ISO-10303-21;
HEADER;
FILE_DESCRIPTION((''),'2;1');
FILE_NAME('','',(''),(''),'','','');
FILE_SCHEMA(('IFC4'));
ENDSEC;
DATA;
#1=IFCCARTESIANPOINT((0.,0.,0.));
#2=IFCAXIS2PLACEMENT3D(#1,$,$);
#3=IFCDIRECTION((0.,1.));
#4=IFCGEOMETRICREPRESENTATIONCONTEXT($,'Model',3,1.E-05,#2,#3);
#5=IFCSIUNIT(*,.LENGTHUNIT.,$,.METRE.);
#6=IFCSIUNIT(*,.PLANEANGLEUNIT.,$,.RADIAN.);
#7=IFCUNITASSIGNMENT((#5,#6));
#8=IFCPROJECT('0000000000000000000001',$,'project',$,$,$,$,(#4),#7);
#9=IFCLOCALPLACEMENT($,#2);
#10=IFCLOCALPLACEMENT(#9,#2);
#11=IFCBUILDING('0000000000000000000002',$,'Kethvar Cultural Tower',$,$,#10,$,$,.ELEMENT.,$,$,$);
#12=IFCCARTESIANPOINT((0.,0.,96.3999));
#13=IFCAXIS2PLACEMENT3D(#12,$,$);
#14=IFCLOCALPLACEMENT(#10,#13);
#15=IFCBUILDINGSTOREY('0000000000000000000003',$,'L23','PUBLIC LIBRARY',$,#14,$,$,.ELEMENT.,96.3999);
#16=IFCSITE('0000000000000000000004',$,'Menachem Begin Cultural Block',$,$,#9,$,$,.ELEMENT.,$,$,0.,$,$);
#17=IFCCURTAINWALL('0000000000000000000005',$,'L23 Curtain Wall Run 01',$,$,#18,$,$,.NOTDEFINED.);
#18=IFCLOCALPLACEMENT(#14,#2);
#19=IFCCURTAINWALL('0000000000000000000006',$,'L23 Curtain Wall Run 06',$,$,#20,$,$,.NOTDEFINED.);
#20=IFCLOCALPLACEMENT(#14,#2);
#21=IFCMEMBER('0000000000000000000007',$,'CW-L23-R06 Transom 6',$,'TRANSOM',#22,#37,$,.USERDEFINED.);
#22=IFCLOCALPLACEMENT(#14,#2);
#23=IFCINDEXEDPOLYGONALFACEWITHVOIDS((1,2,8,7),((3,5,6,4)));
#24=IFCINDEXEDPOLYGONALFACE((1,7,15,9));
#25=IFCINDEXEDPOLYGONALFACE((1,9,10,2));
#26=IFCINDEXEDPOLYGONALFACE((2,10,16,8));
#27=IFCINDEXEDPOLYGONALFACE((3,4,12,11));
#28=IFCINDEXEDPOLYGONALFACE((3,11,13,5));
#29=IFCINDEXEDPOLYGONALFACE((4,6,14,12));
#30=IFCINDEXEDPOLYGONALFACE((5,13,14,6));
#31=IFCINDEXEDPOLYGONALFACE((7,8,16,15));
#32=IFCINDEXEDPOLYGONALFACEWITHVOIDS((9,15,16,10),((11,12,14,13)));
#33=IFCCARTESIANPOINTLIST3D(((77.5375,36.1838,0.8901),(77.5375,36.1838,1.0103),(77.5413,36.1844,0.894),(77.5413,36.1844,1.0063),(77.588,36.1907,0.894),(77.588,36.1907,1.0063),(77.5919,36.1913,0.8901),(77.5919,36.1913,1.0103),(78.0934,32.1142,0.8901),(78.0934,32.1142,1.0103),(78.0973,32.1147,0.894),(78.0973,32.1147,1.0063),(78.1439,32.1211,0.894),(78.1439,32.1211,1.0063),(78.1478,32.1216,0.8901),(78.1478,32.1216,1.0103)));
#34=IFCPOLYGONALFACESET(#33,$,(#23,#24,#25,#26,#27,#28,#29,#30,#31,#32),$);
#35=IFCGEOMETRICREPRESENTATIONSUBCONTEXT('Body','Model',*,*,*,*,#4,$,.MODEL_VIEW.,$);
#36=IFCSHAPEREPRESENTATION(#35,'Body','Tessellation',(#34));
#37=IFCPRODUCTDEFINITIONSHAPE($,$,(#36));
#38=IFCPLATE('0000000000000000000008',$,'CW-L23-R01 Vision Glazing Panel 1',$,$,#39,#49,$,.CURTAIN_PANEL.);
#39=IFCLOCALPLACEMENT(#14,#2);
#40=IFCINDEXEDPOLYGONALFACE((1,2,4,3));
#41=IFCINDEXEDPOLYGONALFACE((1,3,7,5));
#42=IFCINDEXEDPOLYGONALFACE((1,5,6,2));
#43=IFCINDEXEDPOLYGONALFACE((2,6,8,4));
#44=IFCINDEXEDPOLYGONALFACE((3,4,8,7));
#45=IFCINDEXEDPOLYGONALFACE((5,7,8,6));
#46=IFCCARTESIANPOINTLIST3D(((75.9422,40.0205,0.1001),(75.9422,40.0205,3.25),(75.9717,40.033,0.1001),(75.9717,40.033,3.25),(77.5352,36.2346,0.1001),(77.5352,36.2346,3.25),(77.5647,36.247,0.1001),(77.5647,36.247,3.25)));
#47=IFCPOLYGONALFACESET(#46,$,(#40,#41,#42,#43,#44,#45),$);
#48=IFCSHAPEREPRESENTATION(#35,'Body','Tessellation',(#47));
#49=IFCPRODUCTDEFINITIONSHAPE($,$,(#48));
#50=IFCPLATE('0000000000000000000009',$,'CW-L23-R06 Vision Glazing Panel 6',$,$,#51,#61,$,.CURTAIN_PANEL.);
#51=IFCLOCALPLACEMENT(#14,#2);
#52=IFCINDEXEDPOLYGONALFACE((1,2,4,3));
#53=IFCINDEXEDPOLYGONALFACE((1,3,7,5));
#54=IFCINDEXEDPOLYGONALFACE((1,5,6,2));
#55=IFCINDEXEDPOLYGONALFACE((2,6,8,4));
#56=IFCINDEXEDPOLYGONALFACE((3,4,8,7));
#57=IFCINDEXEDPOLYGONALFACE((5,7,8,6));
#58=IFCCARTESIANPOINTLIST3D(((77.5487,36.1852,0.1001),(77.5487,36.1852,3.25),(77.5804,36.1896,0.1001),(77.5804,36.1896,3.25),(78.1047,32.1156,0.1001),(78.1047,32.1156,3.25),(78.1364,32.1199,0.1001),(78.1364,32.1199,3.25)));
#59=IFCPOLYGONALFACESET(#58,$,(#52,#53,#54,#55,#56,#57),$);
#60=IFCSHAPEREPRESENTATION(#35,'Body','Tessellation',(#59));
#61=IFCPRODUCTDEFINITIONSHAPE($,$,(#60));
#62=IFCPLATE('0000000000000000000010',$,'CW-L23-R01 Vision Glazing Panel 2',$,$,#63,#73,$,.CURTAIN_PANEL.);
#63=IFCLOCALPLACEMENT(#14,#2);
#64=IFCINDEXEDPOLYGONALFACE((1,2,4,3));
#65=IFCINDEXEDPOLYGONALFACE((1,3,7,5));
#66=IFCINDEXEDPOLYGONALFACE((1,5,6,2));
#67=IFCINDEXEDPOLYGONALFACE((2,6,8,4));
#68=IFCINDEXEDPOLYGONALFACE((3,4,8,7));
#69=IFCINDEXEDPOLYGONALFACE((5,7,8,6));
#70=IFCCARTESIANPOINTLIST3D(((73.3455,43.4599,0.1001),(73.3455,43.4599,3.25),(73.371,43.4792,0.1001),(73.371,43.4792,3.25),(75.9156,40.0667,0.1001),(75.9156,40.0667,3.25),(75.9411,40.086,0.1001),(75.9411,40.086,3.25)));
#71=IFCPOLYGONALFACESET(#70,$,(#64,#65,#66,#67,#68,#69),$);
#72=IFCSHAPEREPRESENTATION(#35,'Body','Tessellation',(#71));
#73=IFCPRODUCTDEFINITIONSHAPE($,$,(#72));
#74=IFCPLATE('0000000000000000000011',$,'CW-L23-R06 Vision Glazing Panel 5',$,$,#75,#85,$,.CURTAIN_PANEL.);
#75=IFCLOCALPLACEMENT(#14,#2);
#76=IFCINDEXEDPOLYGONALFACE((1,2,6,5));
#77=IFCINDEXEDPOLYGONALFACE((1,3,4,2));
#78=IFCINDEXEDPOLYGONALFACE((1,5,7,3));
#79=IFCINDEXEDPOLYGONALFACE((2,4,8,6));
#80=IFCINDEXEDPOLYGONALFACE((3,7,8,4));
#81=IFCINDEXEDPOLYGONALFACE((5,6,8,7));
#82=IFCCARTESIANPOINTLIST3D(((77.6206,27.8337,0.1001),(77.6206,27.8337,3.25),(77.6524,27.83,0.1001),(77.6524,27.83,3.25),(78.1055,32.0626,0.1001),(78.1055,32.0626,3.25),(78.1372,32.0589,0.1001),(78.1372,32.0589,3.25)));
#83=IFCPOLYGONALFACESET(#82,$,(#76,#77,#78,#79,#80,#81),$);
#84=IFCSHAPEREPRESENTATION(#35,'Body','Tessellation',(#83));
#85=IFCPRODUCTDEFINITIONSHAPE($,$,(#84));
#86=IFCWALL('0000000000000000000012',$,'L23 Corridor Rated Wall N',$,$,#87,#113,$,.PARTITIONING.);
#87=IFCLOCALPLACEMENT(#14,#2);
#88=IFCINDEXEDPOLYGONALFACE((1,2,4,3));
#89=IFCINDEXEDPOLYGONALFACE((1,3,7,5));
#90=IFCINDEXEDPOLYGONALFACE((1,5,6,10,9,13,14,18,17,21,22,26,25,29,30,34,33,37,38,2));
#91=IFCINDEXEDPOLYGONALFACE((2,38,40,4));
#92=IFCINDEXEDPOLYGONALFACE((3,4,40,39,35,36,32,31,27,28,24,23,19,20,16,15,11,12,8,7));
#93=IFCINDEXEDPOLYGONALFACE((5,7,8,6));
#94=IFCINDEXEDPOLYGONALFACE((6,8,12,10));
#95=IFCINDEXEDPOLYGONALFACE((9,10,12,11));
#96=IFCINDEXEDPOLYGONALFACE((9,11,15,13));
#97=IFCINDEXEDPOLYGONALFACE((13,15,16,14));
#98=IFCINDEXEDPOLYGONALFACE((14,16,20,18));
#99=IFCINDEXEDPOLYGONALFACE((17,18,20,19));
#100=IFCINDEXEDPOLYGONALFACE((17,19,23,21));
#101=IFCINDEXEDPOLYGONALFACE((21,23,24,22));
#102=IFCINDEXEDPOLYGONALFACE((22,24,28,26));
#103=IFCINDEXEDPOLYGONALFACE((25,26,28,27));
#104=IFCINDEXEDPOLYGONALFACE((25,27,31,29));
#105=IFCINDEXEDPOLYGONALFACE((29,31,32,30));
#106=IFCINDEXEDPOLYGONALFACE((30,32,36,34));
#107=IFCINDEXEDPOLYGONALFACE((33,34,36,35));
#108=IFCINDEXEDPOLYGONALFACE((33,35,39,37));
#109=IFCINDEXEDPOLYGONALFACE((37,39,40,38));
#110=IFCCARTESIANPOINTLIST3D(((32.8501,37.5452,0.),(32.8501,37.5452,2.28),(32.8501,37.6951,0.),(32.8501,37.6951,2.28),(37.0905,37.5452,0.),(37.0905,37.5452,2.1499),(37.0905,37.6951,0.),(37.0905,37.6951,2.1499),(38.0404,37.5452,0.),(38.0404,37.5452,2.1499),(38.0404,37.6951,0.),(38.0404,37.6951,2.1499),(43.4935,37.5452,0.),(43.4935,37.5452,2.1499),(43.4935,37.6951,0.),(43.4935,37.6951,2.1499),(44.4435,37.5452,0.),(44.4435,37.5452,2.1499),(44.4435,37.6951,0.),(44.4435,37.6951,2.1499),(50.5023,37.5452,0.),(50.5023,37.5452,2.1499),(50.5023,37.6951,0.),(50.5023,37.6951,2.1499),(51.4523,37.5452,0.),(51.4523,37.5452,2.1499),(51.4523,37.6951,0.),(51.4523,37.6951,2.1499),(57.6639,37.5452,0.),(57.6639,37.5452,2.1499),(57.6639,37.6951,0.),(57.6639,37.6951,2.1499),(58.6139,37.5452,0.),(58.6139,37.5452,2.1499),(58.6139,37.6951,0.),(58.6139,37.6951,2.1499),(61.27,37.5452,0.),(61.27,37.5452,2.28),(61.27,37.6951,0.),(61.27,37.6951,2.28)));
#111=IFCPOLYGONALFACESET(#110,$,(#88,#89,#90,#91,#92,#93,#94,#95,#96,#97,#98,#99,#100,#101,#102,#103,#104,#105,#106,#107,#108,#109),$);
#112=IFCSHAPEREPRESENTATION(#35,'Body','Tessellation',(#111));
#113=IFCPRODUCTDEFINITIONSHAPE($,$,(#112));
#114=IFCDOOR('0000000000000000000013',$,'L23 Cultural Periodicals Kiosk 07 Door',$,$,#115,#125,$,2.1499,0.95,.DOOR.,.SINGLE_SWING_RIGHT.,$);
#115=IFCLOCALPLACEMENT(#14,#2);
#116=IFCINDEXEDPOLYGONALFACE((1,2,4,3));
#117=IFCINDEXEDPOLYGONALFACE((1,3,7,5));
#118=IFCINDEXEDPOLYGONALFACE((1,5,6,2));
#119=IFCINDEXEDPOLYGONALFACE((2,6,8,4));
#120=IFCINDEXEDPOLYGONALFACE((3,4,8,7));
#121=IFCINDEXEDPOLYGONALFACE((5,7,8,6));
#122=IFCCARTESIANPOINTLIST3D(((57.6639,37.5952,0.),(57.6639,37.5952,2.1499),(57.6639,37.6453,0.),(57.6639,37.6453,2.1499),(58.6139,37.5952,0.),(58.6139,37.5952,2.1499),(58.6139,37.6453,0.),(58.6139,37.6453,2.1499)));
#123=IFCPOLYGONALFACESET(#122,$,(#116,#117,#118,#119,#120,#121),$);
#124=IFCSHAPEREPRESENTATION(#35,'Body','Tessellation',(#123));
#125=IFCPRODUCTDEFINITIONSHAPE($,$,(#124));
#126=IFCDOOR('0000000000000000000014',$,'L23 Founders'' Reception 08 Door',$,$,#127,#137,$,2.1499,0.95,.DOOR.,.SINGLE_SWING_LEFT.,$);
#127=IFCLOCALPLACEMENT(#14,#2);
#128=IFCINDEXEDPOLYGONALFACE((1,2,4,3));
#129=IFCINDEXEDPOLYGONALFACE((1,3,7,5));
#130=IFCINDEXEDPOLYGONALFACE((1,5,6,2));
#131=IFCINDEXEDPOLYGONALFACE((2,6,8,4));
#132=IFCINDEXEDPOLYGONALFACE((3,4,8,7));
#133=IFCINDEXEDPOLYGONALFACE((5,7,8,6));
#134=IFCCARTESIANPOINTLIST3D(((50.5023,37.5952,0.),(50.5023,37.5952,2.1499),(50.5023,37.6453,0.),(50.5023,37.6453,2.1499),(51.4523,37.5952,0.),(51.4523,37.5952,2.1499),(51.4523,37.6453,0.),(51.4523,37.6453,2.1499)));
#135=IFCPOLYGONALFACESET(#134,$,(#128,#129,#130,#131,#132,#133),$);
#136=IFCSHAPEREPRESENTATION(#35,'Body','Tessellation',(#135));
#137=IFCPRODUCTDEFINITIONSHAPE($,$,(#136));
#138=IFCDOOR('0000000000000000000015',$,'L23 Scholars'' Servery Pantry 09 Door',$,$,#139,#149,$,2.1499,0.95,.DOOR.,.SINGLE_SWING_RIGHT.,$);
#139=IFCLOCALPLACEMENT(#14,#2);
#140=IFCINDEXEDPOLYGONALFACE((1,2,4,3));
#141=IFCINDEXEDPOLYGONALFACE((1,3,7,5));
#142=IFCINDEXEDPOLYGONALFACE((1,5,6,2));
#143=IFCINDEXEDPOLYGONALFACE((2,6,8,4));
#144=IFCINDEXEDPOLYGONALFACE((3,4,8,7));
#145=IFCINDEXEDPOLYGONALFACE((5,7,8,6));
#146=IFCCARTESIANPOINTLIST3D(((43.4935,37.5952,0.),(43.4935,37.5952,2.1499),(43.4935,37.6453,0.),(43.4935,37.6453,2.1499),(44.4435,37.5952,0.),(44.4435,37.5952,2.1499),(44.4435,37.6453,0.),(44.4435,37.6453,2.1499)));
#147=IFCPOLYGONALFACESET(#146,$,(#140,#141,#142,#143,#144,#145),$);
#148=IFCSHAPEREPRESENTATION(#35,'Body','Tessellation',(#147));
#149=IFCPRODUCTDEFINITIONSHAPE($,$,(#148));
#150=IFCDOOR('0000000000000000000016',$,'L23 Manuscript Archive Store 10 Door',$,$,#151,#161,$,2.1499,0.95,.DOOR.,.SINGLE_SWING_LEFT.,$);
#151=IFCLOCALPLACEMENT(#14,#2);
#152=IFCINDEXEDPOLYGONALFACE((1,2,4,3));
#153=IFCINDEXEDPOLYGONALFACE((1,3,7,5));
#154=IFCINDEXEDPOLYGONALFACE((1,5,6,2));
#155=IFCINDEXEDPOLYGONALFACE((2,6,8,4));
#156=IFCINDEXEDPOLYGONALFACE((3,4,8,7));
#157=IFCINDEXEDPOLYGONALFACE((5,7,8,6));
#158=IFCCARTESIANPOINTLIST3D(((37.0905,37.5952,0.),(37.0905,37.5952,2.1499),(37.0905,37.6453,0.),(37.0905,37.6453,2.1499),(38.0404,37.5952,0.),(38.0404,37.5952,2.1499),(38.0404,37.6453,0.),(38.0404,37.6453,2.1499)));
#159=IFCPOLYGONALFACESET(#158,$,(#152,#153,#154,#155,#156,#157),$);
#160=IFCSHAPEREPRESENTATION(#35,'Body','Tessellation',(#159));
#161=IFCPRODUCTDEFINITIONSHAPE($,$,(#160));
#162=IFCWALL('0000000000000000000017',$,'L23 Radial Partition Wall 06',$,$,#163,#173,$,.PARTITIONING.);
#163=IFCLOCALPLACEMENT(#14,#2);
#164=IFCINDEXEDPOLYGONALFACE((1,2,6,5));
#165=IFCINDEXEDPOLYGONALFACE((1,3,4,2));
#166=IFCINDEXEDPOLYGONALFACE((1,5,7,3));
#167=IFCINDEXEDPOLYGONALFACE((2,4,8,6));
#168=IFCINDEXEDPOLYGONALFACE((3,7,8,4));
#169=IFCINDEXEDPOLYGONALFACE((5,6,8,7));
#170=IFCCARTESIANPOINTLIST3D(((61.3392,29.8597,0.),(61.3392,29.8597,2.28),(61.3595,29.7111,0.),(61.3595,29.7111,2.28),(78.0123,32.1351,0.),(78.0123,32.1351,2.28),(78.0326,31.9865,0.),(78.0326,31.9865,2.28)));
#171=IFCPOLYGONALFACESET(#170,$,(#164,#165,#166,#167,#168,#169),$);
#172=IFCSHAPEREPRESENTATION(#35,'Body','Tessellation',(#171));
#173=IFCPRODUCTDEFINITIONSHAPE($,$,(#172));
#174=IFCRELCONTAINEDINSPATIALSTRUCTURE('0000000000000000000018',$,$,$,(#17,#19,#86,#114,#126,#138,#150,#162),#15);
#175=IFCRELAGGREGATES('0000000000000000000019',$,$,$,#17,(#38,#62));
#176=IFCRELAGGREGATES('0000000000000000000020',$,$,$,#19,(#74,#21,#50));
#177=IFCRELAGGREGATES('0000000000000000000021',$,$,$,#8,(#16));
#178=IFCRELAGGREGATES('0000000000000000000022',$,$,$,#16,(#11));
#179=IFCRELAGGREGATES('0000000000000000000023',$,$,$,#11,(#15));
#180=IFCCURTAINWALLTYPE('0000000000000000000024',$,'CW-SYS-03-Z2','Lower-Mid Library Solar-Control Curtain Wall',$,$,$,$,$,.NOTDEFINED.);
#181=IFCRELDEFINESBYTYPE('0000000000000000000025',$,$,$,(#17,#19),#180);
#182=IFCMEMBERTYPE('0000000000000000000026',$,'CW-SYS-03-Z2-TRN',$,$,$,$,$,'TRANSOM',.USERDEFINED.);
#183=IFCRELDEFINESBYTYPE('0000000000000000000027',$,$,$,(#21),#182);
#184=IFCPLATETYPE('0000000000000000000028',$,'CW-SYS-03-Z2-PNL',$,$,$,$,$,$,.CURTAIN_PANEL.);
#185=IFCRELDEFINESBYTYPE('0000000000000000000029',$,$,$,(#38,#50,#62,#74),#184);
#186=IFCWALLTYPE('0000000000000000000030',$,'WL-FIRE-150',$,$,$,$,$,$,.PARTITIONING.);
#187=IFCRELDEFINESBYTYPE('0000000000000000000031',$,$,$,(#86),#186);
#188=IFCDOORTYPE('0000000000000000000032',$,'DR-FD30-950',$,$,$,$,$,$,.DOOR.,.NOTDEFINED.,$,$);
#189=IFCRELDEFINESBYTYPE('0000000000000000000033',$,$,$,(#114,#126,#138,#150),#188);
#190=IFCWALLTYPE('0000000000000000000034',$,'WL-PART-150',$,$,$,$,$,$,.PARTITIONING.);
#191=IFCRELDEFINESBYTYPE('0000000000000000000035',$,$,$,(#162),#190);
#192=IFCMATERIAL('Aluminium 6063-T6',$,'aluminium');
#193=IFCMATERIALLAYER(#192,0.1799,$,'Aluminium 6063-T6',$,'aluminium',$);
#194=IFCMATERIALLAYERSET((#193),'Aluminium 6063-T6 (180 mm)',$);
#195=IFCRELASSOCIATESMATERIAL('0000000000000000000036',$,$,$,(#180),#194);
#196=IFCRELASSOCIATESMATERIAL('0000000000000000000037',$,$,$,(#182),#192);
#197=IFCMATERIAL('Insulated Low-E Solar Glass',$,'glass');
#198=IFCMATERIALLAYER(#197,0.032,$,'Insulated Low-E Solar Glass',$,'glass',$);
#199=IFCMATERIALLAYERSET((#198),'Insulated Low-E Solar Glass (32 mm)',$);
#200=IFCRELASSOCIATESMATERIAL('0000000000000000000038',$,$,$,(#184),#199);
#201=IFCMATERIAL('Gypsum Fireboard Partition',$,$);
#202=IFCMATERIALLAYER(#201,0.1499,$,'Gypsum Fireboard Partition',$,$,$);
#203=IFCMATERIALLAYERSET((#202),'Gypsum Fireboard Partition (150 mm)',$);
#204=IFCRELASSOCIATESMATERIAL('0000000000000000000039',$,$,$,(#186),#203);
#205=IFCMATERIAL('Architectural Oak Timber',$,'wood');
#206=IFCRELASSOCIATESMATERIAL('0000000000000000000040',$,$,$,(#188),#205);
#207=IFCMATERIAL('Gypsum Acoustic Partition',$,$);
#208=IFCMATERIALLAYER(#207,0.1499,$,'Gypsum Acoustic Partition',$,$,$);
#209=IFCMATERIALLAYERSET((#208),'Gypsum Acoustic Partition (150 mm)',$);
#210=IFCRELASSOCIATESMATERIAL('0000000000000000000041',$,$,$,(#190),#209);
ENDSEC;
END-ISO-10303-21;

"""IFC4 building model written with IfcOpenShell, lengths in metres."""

from ifc_helpers import new_model, si_unit, direction, frame, frame_2d, origin, origin_2d, place, context, subcontext, project, spatial, rectangle, hollow_rectangle, extrude, source, transform, mapped, material, layer, layer_set, material_profile, profile_set, type_object, element, fill, aggregate, save


model = new_model("IFC4")

# Units and contexts
model_context = context("Model", 3, precision=1e-05, world=origin(), true_north=direction((0.0, 1.0)))
body_context = subcontext(model_context, "Body", "Model", "MODEL_VIEW")
ifc_project = project(units=[si_unit("LENGTHUNIT", "METRE"), si_unit("PLANEANGLEUNIT", "RADIAN")], contexts=[model_context])

# Site, building, storey
site_placement = place(None, origin())
site = spatial("IfcSite", under=ifc_project, at=site_placement, Name="Menachem Begin Cultural Block", CompositionType="ELEMENT", RefElevation=0.0)
building_placement = place(site_placement, origin())
building = spatial("IfcBuilding", under=site, at=building_placement, Name="Kethvar Cultural Tower", CompositionType="ELEMENT")
storey_placement = place(building_placement, frame((0.0, 0.0, 96.3999)))
storey = spatial("IfcBuildingStorey", under=building, at=storey_placement, Name="L23", Description="PUBLIC LIBRARY", CompositionType="ELEMENT", Elevation=96.3999)

# Curtain walls
ifc_material_1 = material(Name="Aluminium 6063-T6", Category="aluminium")
ifc_layer_1 = layer(ifc_material_1, 0.1799, Name="Aluminium 6063-T6", Category="aluminium")
ifc_layer_set_1 = layer_set([ifc_layer_1], Name="Aluminium 6063-T6 (180 mm)")
curtain_wall_type = type_object("IfcCurtainWallType", Name="CW-SYS-03-Z2", Description="Lower-Mid Library Solar-Control Curtain Wall", PredefinedType="NOTDEFINED", material=ifc_layer_set_1)
curtain_wall_1_placement = place(storey_placement, origin())
curtain_wall_1 = element("IfcCurtainWall", 1, at=curtain_wall_1_placement, inside=storey, type_object=curtain_wall_type, Name="L23 Curtain Wall Run 01", PredefinedType="NOTDEFINED")
curtain_wall_2_placement = place(storey_placement, origin())
curtain_wall_2 = element("IfcCurtainWall", 2, at=curtain_wall_2_placement, inside=storey, type_object=curtain_wall_type, Name="L23 Curtain Wall Run 06", PredefinedType="NOTDEFINED")

# Member
ifc_material_profile_1 = material_profile(ifc_material_1, hollow_rectangle(XDim=0.0549, YDim=0.1201, WallThickness=0.0039, at=origin_2d()), Name="Aluminium 6063-T6 — RHS120x55x4")
ifc_profile_set_1 = profile_set([ifc_material_profile_1], Name="Aluminium 6063-T6 — RHS120x55x4")
member_type_1 = type_object("IfcMemberType", Name="CW-SYS-03-Z2-TRN", ElementType="TRANSOM", PredefinedType="USERDEFINED", material=ifc_profile_set_1)
shared_shape_1 = source(origin(), body_context, "Body", "SweptSolid", [
    extrude(hollow_rectangle(XDim=0.0549, YDim=0.1201, WallThickness=0.0039, at=origin_2d()), origin(), (0.0, 0.0, 1.0), 4.1074),
])
member_1_placement = place(storey_placement, frame((78.1206, 32.1179, 0.9502), z_axis=(-0.135344, 0.990799, 0.0), x_axis=(-0.990799, -0.135344, 0.0)))
member_1 = element("IfcMember", 3, at=member_1_placement, type_object=member_type_1, Name="CW-L23-R06 Transom 6", ObjectType="TRANSOM", PredefinedType="USERDEFINED", context=body_context, shape_type="MappedRepresentation", body=[
    mapped(shared_shape_1, transform((0.0, 0.0, 0.0), scale=1.0)),
])

# Plates
ifc_material_2 = material(Name="Insulated Low-E Solar Glass", Category="glass")
ifc_layer_2 = layer(ifc_material_2, 0.032, Name="Insulated Low-E Solar Glass", Category="glass")
ifc_layer_set_2 = layer_set([ifc_layer_2], Name="Insulated Low-E Solar Glass (32 mm)")
plate_type = type_object("IfcPlateType", Name="CW-SYS-03-Z2-PNL", PredefinedType="CURTAIN_PANEL", material=ifc_layer_set_2)
shared_shape_2 = source(origin(), body_context, "Body", "SweptSolid", [
    extrude(rectangle(XDim=4.1074, YDim=0.032, at=origin_2d()), origin(), (0.0, 0.0, 1.0), 3.1499),
])
plate_1_placement = place(storey_placement, frame((76.7534, 38.1338, 0.1001), z_axis=(0.0, 0.0, 1.0), x_axis=(-0.387837, 0.921728, 0.0)))
plate_1 = element("IfcPlate", 4, at=plate_1_placement, type_object=plate_type, Name="CW-L23-R01 Vision Glazing Panel 1", PredefinedType="CURTAIN_PANEL", context=body_context, shape_type="MappedRepresentation", body=[
    mapped(shared_shape_2, transform((0.0, 0.0, 0.0), scale=1.0)),
])
plate_2_placement = place(storey_placement, frame((77.8425, 34.1526, 0.1001), z_axis=(0.0, 0.0, 1.0), x_axis=(-0.13537, 0.990795, 0.0)))
plate_2 = element("IfcPlate", 5, at=plate_2_placement, type_object=plate_type, Name="CW-L23-R06 Vision Glazing Panel 6", PredefinedType="CURTAIN_PANEL", context=body_context, shape_type="MappedRepresentation", body=[
    mapped(shared_shape_2, transform((0.0, 0.0, 0.0), scale=1.0)),
])
shared_shape_3 = source(origin(), body_context, "Body", "SweptSolid", [
    extrude(rectangle(XDim=4.2566, YDim=0.032, at=origin_2d()), origin(), (0.0, 0.0, 1.0), 3.1499),
])
plate_3_placement = place(storey_placement, frame((74.6433, 41.7729, 0.1001), z_axis=(0.0, 0.0, 1.0), x_axis=(-0.603779, 0.797152, 0.0)))
plate_3 = element("IfcPlate", 6, at=plate_3_placement, type_object=plate_type, Name="CW-L23-R01 Vision Glazing Panel 2", PredefinedType="CURTAIN_PANEL", context=body_context, shape_type="MappedRepresentation", body=[
    mapped(shared_shape_3, transform((0.0, 0.0, 0.0), scale=1.0)),
])
aggregate(curtain_wall_1, [plate_1, plate_3])
plate_4_placement = place(storey_placement, frame((77.8789, 29.9463, 0.1001), z_axis=(0.0, 0.0, 1.0), x_axis=(0.113914, 0.993491, 0.0)))
plate_4 = element("IfcPlate", 7, at=plate_4_placement, type_object=plate_type, Name="CW-L23-R06 Vision Glazing Panel 5", PredefinedType="CURTAIN_PANEL", context=body_context, shape_type="MappedRepresentation", body=[
    mapped(shared_shape_3, transform((0.0, 0.0, 0.0), scale=1.0)),
])
aggregate(curtain_wall_2, [plate_4, member_1, plate_2])

# Wall, openings, doors
ifc_material_3 = material(Name="Gypsum Fireboard Partition")
ifc_layer_3 = layer(ifc_material_3, 0.1499, Name="Gypsum Fireboard Partition")
ifc_layer_set_3 = layer_set([ifc_layer_3], Name="Gypsum Fireboard Partition (150 mm)")
wall_type_1 = type_object("IfcWallType", Name="WL-FIRE-150", PredefinedType="PARTITIONING", material=ifc_layer_set_3)
wall_1_placement = place(storey_placement, frame((61.27, 37.6201, 0.0), z_axis=(0.0, 0.0, 1.0), x_axis=(-1.0, 0.0, 0.0)))
wall_1 = element("IfcWall", 8, at=wall_1_placement, inside=storey, type_object=wall_type_1, Name="L23 Corridor Rated Wall N", PredefinedType="PARTITIONING", context=body_context, shape_type="SweptSolid", body=[
    extrude(rectangle(XDim=28.4199, YDim=0.1499, at=frame_2d((14.21, 0.0))), origin(), (0.0, 0.0, 1.0), 2.28),
])
opening_1_placement = place(wall_1_placement, frame((2.656, 0.0, 0.0)))
opening_1 = element("IfcOpeningElement", 9, at=opening_1_placement, cuts=wall_1, PredefinedType="OPENING", context=body_context, shape_type="SweptSolid", body=[
    extrude(rectangle(XDim=0.95, YDim=2.1499, at=frame_2d((0.4751, 1.075))), frame((0.0, 0.085, 0.0), z_axis=(0.0, -1.0, 0.0), x_axis=(1.0, 0.0, 0.0)), (0.0, 0.0, 1.0), 0.1699),
])
opening_2_placement = place(wall_1_placement, frame((9.8176, 0.0, 0.0)))
opening_2 = element("IfcOpeningElement", 10, at=opening_2_placement, cuts=wall_1, PredefinedType="OPENING", context=body_context, shape_type="SweptSolid", body=[
    extrude(rectangle(XDim=0.95, YDim=2.1499, at=frame_2d((0.4751, 1.075))), frame((0.0, 0.085, 0.0), z_axis=(0.0, -1.0, 0.0), x_axis=(1.0, 0.0, 0.0)), (0.0, 0.0, 1.0), 0.1699),
])
opening_3_placement = place(wall_1_placement, frame((16.8264, 0.0, 0.0)))
opening_3 = element("IfcOpeningElement", 11, at=opening_3_placement, cuts=wall_1, PredefinedType="OPENING", context=body_context, shape_type="SweptSolid", body=[
    extrude(rectangle(XDim=0.95, YDim=2.1499, at=frame_2d((0.4751, 1.075))), frame((0.0, 0.085, 0.0), z_axis=(0.0, -1.0, 0.0), x_axis=(1.0, 0.0, 0.0)), (0.0, 0.0, 1.0), 0.1699),
])
opening_4_placement = place(wall_1_placement, frame((23.2295, 0.0, 0.0)))
opening_4 = element("IfcOpeningElement", 12, at=opening_4_placement, cuts=wall_1, PredefinedType="OPENING", context=body_context, shape_type="SweptSolid", body=[
    extrude(rectangle(XDim=0.95, YDim=2.1499, at=frame_2d((0.4751, 1.075))), frame((0.0, 0.085, 0.0), z_axis=(0.0, -1.0, 0.0), x_axis=(1.0, 0.0, 0.0)), (0.0, 0.0, 1.0), 0.1699),
])
ifc_material_4 = material(Name="Architectural Oak Timber", Category="wood")
door_type = type_object("IfcDoorType", Name="DR-FD30-950", OperationType="NOTDEFINED", PredefinedType="DOOR", material=ifc_material_4)
shared_shape_4 = source(origin(), body_context, "Body", "SweptSolid", [
    extrude(rectangle(XDim=0.95, YDim=2.1499, at=frame_2d((0.4751, 1.075))), frame((0.0, 0.0249, 0.0), z_axis=(0.0, -1.0, 0.0), x_axis=(1.0, 0.0, 0.0)), (0.0, 0.0, 1.0), 0.05),
])
door_1_placement = place(opening_1_placement, origin())
door_1 = element("IfcDoor", 13, at=door_1_placement, inside=storey, type_object=door_type, Name="L23 Cultural Periodicals Kiosk 07 Door", OperationType="SINGLE_SWING_RIGHT", OverallHeight=2.1499, OverallWidth=0.95, PredefinedType="DOOR", context=body_context, shape_type="MappedRepresentation", body=[
    mapped(shared_shape_4, transform((0.0, 0.0, 0.0), scale=1.0)),
])
fill(opening_1, door_1)
door_2_placement = place(opening_2_placement, origin())
door_2 = element("IfcDoor", 14, at=door_2_placement, inside=storey, type_object=door_type, Name="L23 Founders' Reception 08 Door", OperationType="SINGLE_SWING_LEFT", OverallHeight=2.1499, OverallWidth=0.95, PredefinedType="DOOR", context=body_context, shape_type="MappedRepresentation", body=[
    mapped(shared_shape_4, transform((0.0, 0.0, 0.0), scale=1.0)),
])
fill(opening_2, door_2)
door_3_placement = place(opening_3_placement, origin())
door_3 = element("IfcDoor", 15, at=door_3_placement, inside=storey, type_object=door_type, Name="L23 Scholars' Servery Pantry 09 Door", OperationType="SINGLE_SWING_RIGHT", OverallHeight=2.1499, OverallWidth=0.95, PredefinedType="DOOR", context=body_context, shape_type="MappedRepresentation", body=[
    mapped(shared_shape_4, transform((0.0, 0.0, 0.0), scale=1.0)),
])
fill(opening_3, door_3)
door_4_placement = place(opening_4_placement, origin())
door_4 = element("IfcDoor", 16, at=door_4_placement, inside=storey, type_object=door_type, Name="L23 Manuscript Archive Store 10 Door", OperationType="SINGLE_SWING_LEFT", OverallHeight=2.1499, OverallWidth=0.95, PredefinedType="DOOR", context=body_context, shape_type="MappedRepresentation", body=[
    mapped(shared_shape_4, transform((0.0, 0.0, 0.0), scale=1.0)),
])
fill(opening_4, door_4)

# Wall
ifc_material_5 = material(Name="Gypsum Acoustic Partition")
ifc_layer_4 = layer(ifc_material_5, 0.1499, Name="Gypsum Acoustic Partition")
ifc_layer_set_4 = layer_set([ifc_layer_4], Name="Gypsum Acoustic Partition (150 mm)")
wall_type_2 = type_object("IfcWallType", Name="WL-PART-150", PredefinedType="PARTITIONING", material=ifc_layer_set_4)
wall_2_placement = place(storey_placement, frame((61.3494, 29.7854, 0.0), z_axis=(0.0, 0.0, 1.0), x_axis=(0.990816, 0.135217, 0.0)))
element("IfcWall", 17, at=wall_2_placement, inside=storey, type_object=wall_type_2, Name="L23 Radial Partition Wall 06", PredefinedType="PARTITIONING", context=body_context, shape_type="SweptSolid", body=[
    extrude(rectangle(XDim=16.8276, YDim=0.1499, at=frame_2d((8.4138, 0.0))), origin(), (0.0, 0.0, 1.0), 2.28),
])

save(model, "model.ifc")
